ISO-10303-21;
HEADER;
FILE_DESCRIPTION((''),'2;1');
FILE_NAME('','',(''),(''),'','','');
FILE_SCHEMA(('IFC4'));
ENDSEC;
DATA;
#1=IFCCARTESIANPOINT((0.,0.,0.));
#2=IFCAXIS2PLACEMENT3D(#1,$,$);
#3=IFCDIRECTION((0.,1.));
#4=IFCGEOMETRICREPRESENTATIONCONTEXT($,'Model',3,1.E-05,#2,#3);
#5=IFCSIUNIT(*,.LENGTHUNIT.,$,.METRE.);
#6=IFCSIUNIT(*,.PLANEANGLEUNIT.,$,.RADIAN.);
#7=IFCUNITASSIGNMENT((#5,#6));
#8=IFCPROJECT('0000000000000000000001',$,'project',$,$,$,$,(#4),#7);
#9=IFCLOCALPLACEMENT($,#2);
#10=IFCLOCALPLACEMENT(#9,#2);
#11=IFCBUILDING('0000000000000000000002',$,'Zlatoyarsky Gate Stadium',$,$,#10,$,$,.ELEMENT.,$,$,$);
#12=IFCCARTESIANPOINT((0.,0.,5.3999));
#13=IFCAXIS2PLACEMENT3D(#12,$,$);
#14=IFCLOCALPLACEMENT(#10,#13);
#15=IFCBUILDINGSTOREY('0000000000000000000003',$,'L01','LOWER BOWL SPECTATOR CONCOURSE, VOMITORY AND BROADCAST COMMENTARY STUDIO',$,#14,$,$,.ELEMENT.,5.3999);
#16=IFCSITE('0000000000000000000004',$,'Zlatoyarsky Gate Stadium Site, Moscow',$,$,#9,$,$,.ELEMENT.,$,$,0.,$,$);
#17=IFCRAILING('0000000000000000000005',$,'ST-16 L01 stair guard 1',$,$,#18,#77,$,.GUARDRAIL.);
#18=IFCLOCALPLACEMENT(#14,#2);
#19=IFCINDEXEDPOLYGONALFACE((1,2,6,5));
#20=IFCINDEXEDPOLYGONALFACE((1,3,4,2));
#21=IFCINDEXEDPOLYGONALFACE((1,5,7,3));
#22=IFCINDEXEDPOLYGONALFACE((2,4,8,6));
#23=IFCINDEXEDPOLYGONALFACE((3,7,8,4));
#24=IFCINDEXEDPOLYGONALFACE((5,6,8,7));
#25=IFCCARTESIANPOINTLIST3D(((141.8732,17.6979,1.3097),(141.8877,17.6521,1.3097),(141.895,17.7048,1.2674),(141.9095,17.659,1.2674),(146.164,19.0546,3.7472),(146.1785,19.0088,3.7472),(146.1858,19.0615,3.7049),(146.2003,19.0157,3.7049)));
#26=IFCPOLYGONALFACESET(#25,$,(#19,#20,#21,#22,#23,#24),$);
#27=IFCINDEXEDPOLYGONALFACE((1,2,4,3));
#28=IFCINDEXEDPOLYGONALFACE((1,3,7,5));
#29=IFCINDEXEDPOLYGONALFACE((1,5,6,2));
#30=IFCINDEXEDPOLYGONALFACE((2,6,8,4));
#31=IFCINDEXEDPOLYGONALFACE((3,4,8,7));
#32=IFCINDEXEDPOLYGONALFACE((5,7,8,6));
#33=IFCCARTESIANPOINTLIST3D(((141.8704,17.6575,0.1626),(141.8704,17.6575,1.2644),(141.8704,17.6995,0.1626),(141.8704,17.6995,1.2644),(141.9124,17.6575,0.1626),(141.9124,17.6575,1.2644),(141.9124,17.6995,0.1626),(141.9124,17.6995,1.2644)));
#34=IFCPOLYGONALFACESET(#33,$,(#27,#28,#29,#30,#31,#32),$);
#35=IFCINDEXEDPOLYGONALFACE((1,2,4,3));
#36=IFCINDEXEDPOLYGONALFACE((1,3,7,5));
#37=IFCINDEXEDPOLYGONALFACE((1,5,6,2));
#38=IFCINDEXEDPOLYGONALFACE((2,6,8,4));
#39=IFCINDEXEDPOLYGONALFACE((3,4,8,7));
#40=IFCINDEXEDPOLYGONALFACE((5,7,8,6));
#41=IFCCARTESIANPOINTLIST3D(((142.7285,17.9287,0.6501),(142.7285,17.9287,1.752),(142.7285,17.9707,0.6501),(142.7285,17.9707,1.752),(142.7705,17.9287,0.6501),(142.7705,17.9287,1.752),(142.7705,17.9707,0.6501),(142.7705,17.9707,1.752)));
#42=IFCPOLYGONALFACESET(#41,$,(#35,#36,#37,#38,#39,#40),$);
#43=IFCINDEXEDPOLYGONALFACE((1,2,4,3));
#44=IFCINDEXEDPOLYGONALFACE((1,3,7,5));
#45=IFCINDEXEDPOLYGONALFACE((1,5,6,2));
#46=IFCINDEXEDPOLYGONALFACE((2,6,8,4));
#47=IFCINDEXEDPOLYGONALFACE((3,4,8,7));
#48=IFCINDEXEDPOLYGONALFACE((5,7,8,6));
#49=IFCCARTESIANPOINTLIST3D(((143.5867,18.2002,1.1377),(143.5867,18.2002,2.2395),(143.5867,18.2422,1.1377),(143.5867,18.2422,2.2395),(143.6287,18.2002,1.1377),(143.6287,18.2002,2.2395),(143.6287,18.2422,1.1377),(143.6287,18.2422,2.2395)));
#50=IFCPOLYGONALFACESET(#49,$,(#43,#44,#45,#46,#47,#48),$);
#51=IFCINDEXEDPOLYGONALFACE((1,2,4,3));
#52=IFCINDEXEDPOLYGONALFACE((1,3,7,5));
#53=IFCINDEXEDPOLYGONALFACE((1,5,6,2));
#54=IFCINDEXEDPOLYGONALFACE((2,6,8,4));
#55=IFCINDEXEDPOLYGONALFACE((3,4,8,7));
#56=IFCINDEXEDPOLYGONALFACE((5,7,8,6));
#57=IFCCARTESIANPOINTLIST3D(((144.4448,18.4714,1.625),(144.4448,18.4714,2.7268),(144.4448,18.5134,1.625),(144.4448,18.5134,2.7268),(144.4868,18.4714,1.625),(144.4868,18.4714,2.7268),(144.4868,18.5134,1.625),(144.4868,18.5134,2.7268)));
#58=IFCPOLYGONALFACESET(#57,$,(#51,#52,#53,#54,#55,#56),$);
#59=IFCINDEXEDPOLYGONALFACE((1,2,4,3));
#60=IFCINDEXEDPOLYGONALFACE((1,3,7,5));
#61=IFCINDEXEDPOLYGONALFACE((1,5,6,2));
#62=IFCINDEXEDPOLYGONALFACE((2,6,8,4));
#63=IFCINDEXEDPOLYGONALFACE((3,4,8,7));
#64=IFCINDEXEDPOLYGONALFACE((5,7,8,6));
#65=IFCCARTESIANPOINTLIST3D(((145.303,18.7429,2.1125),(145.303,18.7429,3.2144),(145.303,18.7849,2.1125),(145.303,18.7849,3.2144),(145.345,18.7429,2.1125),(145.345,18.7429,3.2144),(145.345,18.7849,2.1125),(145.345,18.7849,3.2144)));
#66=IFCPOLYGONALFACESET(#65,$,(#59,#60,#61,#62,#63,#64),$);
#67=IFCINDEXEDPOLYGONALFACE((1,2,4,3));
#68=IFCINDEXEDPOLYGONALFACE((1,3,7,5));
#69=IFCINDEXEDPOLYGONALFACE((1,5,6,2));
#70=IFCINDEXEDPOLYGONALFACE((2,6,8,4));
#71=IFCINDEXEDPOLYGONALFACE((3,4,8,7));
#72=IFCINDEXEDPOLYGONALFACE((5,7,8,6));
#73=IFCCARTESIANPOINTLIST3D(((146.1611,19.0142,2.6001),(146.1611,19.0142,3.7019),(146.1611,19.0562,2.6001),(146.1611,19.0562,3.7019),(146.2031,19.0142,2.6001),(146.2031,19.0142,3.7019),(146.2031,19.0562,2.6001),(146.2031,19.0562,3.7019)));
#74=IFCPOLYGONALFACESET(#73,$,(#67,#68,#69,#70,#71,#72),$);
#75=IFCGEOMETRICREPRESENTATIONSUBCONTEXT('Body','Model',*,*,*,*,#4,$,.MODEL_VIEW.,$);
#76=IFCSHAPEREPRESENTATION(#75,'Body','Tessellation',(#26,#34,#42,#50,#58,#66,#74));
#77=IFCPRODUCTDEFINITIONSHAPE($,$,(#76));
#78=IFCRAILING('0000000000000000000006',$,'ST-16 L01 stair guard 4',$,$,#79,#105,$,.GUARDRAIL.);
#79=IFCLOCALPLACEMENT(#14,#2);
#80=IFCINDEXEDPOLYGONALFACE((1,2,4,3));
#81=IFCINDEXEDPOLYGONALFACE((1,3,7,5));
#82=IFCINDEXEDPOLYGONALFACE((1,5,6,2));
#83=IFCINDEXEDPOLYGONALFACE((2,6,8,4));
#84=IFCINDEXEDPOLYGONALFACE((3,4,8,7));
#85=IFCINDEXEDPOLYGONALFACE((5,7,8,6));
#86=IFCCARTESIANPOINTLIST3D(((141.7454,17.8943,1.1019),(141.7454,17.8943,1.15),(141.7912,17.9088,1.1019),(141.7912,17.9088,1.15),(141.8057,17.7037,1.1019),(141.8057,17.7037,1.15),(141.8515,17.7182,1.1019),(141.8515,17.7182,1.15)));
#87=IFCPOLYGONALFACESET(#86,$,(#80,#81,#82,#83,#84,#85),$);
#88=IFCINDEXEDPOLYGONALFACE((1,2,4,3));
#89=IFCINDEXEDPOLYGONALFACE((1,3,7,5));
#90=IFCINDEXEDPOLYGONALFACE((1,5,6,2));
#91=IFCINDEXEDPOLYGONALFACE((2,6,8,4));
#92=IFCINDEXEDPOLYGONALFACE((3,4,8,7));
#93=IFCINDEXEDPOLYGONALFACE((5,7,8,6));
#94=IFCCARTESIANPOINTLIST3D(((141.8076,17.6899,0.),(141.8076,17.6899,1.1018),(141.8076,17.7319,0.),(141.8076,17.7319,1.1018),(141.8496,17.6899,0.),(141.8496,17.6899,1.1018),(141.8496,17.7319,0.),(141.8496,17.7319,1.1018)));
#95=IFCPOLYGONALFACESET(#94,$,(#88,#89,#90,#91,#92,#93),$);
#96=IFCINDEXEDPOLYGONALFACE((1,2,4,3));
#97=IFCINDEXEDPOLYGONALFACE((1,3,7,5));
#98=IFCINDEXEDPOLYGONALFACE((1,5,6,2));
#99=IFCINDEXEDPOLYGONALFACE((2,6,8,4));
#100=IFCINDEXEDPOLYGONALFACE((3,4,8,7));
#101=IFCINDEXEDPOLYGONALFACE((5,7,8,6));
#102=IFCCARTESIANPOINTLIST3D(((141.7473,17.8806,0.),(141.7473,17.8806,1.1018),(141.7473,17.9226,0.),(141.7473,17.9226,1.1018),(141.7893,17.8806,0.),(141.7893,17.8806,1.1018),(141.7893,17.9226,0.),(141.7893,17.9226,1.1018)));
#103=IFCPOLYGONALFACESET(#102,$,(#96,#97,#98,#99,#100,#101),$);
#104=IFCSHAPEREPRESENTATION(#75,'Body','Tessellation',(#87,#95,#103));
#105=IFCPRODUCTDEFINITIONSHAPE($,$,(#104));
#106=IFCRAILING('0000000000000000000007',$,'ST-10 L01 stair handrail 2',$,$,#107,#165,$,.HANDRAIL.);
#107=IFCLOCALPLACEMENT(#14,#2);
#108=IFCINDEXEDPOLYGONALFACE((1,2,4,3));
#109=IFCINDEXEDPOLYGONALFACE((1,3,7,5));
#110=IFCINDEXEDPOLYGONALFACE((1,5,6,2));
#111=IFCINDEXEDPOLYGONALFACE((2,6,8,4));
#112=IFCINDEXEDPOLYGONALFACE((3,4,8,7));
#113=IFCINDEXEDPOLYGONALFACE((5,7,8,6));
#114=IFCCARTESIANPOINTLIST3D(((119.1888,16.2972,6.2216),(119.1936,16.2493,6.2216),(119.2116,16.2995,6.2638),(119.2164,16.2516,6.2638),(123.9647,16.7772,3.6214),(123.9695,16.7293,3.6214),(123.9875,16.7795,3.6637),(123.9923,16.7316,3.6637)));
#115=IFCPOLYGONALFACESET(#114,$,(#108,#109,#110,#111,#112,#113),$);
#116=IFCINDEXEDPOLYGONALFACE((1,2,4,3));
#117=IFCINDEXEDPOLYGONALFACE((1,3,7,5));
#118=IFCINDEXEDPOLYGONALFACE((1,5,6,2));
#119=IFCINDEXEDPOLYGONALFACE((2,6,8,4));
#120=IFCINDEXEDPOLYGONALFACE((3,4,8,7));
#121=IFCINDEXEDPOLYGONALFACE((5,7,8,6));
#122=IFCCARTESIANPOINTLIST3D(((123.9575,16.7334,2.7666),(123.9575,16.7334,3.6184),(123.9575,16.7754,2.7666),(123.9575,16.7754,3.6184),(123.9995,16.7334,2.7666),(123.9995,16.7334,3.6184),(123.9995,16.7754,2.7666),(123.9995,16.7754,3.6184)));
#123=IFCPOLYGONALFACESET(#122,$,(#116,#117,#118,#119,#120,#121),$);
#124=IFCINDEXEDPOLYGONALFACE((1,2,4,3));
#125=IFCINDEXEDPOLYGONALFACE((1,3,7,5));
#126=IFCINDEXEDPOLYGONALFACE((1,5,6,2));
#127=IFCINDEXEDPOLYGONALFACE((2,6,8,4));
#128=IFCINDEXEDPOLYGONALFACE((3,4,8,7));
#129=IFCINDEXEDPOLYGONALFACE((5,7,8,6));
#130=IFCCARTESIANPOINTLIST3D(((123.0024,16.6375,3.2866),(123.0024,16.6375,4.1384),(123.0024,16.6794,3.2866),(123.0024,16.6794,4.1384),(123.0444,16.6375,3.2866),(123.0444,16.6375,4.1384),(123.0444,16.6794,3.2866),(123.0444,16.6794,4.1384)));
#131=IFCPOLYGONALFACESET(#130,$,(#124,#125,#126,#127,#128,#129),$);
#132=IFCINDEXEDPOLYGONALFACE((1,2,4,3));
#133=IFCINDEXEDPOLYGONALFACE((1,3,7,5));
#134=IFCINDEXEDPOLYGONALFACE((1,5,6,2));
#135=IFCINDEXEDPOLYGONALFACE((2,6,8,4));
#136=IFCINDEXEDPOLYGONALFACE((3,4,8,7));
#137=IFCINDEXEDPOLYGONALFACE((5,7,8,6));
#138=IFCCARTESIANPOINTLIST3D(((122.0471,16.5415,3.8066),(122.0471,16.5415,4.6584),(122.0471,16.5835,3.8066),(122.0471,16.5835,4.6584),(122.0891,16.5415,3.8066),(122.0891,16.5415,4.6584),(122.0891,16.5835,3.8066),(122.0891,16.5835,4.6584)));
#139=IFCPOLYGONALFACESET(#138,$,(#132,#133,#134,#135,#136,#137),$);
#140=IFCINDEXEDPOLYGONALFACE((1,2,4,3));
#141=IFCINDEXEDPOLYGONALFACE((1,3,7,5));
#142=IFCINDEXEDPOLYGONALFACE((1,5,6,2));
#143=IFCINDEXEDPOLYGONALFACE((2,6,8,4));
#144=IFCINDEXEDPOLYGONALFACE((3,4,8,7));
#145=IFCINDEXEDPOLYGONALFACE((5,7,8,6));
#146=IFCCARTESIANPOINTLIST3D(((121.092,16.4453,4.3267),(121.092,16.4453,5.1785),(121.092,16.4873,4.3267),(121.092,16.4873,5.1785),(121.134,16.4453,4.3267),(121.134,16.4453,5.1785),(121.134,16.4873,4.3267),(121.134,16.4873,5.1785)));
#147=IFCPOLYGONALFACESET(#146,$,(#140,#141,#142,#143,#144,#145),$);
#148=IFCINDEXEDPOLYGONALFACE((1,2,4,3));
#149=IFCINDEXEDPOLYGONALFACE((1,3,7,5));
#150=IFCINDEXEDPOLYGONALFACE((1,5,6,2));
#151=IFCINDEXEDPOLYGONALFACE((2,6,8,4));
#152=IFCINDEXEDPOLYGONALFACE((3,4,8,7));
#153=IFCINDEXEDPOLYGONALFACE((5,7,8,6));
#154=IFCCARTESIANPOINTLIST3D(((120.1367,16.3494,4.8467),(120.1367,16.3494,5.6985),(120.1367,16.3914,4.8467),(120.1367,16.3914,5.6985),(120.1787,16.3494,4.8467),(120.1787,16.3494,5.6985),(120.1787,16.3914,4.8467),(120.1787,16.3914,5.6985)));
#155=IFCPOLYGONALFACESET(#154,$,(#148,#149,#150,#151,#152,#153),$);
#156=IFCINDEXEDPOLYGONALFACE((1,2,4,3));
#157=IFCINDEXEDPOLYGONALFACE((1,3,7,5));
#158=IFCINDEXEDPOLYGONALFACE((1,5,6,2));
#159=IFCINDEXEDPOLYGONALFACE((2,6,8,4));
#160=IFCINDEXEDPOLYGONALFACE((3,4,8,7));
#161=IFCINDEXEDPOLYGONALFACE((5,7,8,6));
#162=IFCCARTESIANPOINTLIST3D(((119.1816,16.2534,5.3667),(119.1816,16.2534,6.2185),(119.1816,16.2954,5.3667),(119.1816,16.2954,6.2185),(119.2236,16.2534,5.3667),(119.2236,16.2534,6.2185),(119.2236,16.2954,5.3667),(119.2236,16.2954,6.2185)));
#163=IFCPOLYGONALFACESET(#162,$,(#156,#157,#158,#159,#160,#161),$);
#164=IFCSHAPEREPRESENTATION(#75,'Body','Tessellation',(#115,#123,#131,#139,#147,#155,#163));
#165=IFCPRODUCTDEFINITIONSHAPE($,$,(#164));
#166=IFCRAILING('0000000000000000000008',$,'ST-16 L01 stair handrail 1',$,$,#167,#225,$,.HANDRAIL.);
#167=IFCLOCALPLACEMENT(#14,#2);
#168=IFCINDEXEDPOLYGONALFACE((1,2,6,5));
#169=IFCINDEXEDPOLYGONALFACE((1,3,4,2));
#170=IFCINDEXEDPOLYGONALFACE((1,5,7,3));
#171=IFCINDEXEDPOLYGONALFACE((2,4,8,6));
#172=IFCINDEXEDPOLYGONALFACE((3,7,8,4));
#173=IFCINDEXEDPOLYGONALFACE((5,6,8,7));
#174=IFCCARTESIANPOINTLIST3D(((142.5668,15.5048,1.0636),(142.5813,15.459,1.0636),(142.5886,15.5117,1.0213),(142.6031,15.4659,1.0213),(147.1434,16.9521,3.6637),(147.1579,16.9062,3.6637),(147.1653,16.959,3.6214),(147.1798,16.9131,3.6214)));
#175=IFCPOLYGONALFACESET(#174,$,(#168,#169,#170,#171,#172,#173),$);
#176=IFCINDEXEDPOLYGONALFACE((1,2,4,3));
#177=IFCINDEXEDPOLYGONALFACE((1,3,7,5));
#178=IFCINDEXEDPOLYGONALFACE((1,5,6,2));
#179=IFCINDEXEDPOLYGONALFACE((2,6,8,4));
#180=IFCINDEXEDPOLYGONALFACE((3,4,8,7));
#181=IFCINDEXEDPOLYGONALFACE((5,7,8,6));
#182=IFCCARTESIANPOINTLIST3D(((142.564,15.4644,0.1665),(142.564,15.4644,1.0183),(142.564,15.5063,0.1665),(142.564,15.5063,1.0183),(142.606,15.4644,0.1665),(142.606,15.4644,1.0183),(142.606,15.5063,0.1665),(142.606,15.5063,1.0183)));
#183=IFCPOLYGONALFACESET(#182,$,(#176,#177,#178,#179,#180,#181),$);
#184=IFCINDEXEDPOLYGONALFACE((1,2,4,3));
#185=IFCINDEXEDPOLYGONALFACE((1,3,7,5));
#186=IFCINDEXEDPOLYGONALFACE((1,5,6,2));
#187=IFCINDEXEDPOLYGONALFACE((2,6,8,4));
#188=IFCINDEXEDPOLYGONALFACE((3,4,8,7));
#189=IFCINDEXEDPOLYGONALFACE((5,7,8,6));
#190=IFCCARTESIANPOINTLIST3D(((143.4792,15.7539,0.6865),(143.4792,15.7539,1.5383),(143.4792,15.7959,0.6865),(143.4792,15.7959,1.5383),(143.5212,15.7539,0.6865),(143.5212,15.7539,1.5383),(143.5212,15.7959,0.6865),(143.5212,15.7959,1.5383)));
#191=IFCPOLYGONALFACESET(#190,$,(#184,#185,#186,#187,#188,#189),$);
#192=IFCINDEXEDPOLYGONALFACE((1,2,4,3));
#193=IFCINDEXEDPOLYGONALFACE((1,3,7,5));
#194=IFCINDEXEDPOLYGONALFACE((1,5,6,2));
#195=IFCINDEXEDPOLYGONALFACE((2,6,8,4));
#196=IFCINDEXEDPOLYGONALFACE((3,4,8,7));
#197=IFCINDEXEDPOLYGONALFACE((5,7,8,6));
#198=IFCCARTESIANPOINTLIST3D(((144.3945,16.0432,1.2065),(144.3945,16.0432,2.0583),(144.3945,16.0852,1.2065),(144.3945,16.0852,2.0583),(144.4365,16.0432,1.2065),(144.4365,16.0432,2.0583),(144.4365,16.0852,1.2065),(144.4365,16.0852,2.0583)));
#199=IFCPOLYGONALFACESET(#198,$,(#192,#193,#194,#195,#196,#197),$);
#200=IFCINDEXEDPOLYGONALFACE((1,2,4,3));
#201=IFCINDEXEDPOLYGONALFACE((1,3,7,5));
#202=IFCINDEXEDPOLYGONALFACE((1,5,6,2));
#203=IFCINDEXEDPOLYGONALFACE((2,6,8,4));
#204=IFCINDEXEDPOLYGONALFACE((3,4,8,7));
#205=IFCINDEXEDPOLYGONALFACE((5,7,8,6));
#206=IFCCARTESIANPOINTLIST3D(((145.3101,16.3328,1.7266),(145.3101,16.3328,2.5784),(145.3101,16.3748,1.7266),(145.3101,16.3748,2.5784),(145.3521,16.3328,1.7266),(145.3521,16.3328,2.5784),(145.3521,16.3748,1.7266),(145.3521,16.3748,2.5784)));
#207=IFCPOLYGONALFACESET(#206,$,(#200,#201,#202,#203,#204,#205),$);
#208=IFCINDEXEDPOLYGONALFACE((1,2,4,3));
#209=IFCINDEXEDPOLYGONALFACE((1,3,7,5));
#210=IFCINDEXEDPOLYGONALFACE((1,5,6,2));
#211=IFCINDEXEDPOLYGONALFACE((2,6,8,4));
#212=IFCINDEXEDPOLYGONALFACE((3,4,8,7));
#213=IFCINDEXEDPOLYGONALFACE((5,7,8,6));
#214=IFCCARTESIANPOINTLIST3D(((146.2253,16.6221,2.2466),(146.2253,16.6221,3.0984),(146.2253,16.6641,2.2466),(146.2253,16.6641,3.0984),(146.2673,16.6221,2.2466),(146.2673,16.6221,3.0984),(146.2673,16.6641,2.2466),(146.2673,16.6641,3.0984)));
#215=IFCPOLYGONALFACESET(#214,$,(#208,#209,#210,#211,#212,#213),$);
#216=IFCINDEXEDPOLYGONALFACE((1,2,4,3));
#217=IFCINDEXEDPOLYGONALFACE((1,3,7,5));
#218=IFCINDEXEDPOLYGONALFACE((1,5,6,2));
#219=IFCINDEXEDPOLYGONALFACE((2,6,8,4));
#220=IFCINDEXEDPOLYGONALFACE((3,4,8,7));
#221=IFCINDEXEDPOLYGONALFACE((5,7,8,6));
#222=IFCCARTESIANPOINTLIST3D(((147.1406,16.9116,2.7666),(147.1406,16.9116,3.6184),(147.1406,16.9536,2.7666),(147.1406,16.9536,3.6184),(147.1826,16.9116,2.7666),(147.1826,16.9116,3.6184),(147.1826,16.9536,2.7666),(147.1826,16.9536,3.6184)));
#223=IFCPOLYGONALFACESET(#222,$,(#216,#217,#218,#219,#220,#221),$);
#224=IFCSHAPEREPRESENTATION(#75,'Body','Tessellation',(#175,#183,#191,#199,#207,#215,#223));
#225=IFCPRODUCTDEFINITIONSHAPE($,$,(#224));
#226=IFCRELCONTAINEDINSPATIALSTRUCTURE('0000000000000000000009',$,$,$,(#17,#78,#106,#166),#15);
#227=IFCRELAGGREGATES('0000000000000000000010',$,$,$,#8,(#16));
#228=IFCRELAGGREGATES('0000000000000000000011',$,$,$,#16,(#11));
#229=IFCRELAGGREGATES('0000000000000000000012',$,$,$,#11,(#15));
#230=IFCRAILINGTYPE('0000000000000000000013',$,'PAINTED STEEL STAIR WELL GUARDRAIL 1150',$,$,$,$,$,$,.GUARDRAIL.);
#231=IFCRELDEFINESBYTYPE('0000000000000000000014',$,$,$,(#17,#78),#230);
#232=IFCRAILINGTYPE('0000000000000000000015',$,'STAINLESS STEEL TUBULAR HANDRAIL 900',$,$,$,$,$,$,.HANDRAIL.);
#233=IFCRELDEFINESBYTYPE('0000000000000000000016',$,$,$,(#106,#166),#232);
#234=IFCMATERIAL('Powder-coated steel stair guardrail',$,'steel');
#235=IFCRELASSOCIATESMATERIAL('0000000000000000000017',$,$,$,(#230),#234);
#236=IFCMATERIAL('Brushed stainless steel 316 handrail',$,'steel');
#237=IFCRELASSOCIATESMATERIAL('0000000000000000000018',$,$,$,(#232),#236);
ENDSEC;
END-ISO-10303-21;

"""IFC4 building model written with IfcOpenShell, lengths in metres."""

from ifc_helpers import new_model, si_unit, direction, frame, origin, origin_2d, place, context, subcontext, project, spatial, rectangle, extrude, material, type_object, element, save


model = new_model("IFC4")

# Units and contexts
model_context = context("Model", 3, precision=1e-05, world=origin(), true_north=direction((0.0, 1.0)))
body_context = subcontext(model_context, "Body", "Model", "MODEL_VIEW")
ifc_project = project(units=[si_unit("LENGTHUNIT", "METRE"), si_unit("PLANEANGLEUNIT", "RADIAN")], contexts=[model_context])

# Site, building, storey
site_placement = place(None, origin())
site = spatial("IfcSite", under=ifc_project, at=site_placement, Name="Zlatoyarsky Gate Stadium Site, Moscow", CompositionType="ELEMENT", RefElevation=0.0)
building_placement = place(site_placement, origin())
building = spatial("IfcBuilding", under=site, at=building_placement, Name="Zlatoyarsky Gate Stadium", CompositionType="ELEMENT")
storey_placement = place(building_placement, frame((0.0, 0.0, 5.3999)))
storey = spatial("IfcBuildingStorey", under=building, at=storey_placement, Name="L01", Description="LOWER BOWL SPECTATOR CONCOURSE, VOMITORY AND BROADCAST COMMENTARY STUDIO", CompositionType="ELEMENT", Elevation=5.3999)

# Railings
ifc_material_1 = material(Name="Powder-coated steel stair guardrail", Category="steel")
railing_type_1 = type_object("IfcRailingType", Name="PAINTED STEEL STAIR WELL GUARDRAIL 1150", PredefinedType="GUARDRAIL", material=ifc_material_1)
railing_1_placement = place(storey_placement, frame((141.8914, 17.6785, 0.1626)))
element("IfcRailing", 1, at=railing_1_placement, inside=storey, type_object=railing_type_1, Name="ST-16 L01 stair guard 1", PredefinedType="GUARDRAIL", context=body_context, shape_type="SweptSolid", body=[
    extrude(rectangle(XDim=0.0481, YDim=0.0481, at=origin_2d()), frame((0.0, 0.0, 1.126), z_axis=(0.838388, 0.265088, 0.476271), x_axis=(-0.301477, 0.953474, 0.0)), (0.0, 0.0, 1.0), 5.1179),
    extrude(rectangle(XDim=0.042, YDim=0.042, at=origin_2d()), origin(), (0.0, 0.0, 1.0), 1.1018),
    extrude(rectangle(XDim=0.042, YDim=0.042, at=origin_2d()), frame((0.8582, 0.2712, 0.4875)), (0.0, 0.0, 1.0), 1.1018),
    extrude(rectangle(XDim=0.042, YDim=0.042, at=origin_2d()), frame((1.7163, 0.5427, 0.9751)), (0.0, 0.0, 1.0), 1.1018),
    extrude(rectangle(XDim=0.042, YDim=0.042, at=origin_2d()), frame((2.5745, 0.814, 1.4624)), (0.0, 0.0, 1.0), 1.1018),
    extrude(rectangle(XDim=0.042, YDim=0.042, at=origin_2d()), frame((3.4326, 1.0854, 1.95)), (0.0, 0.0, 1.0), 1.1018),
    extrude(rectangle(XDim=0.042, YDim=0.042, at=origin_2d()), frame((4.2908, 1.3567, 2.4375)), (0.0, 0.0, 1.0), 1.1018),
])
railing_2_placement = place(storey_placement, frame((141.8286, 17.7109, 0.0)))
element("IfcRailing", 2, at=railing_2_placement, inside=storey, type_object=railing_type_1, Name="ST-16 L01 stair guard 4", PredefinedType="GUARDRAIL", context=body_context, shape_type="SweptSolid", body=[
    extrude(rectangle(XDim=0.0481, YDim=0.0481, at=origin_2d()), frame((0.0, 0.0, 1.126), z_axis=(-0.30154, 0.953453, 0.0), x_axis=(-0.953453, -0.30154, 0.0)), (0.0, 0.0, 1.0), 0.2),
    extrude(rectangle(XDim=0.042, YDim=0.042, at=origin_2d()), origin(), (0.0, 0.0, 1.0), 1.1018),
    extrude(rectangle(XDim=0.042, YDim=0.042, at=origin_2d()), frame((-0.0603, 0.1907, 0.0)), (0.0, 0.0, 1.0), 1.1018),
])
ifc_material_2 = material(Name="Brushed stainless steel 316 handrail", Category="steel")
railing_type_2 = type_object("IfcRailingType", Name="STAINLESS STEEL TUBULAR HANDRAIL 900", PredefinedType="HANDRAIL", material=ifc_material_2)
railing_3_placement = place(storey_placement, frame((123.9785, 16.7544, 2.7666)))
element("IfcRailing", 3, at=railing_3_placement, inside=storey, type_object=railing_type_2, Name="ST-10 L01 stair handrail 2", PredefinedType="HANDRAIL", context=body_context, shape_type="SweptSolid", body=[
    extrude(rectangle(XDim=0.0481, YDim=0.0481, at=origin_2d()), frame((0.0, 0.0, 0.876), z_axis=(-0.874875, -0.087926, 0.476302), x_axis=(0.099997, -0.994988, 0.0)), (0.0, 0.0, 1.0), 5.459),
    extrude(rectangle(XDim=0.042, YDim=0.042, at=origin_2d()), origin(), (0.0, 0.0, 1.0), 0.8518),
    extrude(rectangle(XDim=0.042, YDim=0.042, at=origin_2d()), frame((-0.9551, -0.0959, 0.52)), (0.0, 0.0, 1.0), 0.8518),
    extrude(rectangle(XDim=0.042, YDim=0.042, at=origin_2d()), frame((-1.9104, -0.1919, 1.04)), (0.0, 0.0, 1.0), 0.8518),
    extrude(rectangle(XDim=0.042, YDim=0.042, at=origin_2d()), frame((-2.8655, -0.2881, 1.5601)), (0.0, 0.0, 1.0), 0.8518),
    extrude(rectangle(XDim=0.042, YDim=0.042, at=origin_2d()), frame((-3.8208, -0.384, 2.0801)), (0.0, 0.0, 1.0), 0.8518),
    extrude(rectangle(XDim=0.042, YDim=0.042, at=origin_2d()), frame((-4.7759, -0.48, 2.6001)), (0.0, 0.0, 1.0), 0.8518),
])
railing_4_placement = place(storey_placement, frame((142.585, 15.4854, 0.1665)))
element("IfcRailing", 4, at=railing_4_placement, inside=storey, type_object=railing_type_2, Name="ST-16 L01 stair handrail 1", PredefinedType="HANDRAIL", context=body_context, shape_type="SweptSolid", body=[
    extrude(rectangle(XDim=0.0481, YDim=0.0481, at=origin_2d()), frame((0.0, 0.0, 0.876), z_axis=(0.838367, 0.265115, 0.476294), x_axis=(-0.301511, 0.953463, 0.0)), (0.0, 0.0, 1.0), 5.459),
    extrude(rectangle(XDim=0.042, YDim=0.042, at=origin_2d()), origin(), (0.0, 0.0, 1.0), 0.8518),
    extrude(rectangle(XDim=0.042, YDim=0.042, at=origin_2d()), frame((0.9153, 0.2896, 0.52)), (0.0, 0.0, 1.0), 0.8518),
    extrude(rectangle(XDim=0.042, YDim=0.042, at=origin_2d()), frame((1.8306, 0.5789, 1.04)), (0.0, 0.0, 1.0), 0.8518),
    extrude(rectangle(XDim=0.042, YDim=0.042, at=origin_2d()), frame((2.7461, 0.8684, 1.5601)), (0.0, 0.0, 1.0), 0.8518),
    extrude(rectangle(XDim=0.042, YDim=0.042, at=origin_2d()), frame((3.6614, 1.1577, 2.0801)), (0.0, 0.0, 1.0), 0.8518),
    extrude(rectangle(XDim=0.042, YDim=0.042, at=origin_2d()), frame((4.5767, 1.4473, 2.6001)), (0.0, 0.0, 1.0), 0.8518),
])

save(model, "model.ifc")
